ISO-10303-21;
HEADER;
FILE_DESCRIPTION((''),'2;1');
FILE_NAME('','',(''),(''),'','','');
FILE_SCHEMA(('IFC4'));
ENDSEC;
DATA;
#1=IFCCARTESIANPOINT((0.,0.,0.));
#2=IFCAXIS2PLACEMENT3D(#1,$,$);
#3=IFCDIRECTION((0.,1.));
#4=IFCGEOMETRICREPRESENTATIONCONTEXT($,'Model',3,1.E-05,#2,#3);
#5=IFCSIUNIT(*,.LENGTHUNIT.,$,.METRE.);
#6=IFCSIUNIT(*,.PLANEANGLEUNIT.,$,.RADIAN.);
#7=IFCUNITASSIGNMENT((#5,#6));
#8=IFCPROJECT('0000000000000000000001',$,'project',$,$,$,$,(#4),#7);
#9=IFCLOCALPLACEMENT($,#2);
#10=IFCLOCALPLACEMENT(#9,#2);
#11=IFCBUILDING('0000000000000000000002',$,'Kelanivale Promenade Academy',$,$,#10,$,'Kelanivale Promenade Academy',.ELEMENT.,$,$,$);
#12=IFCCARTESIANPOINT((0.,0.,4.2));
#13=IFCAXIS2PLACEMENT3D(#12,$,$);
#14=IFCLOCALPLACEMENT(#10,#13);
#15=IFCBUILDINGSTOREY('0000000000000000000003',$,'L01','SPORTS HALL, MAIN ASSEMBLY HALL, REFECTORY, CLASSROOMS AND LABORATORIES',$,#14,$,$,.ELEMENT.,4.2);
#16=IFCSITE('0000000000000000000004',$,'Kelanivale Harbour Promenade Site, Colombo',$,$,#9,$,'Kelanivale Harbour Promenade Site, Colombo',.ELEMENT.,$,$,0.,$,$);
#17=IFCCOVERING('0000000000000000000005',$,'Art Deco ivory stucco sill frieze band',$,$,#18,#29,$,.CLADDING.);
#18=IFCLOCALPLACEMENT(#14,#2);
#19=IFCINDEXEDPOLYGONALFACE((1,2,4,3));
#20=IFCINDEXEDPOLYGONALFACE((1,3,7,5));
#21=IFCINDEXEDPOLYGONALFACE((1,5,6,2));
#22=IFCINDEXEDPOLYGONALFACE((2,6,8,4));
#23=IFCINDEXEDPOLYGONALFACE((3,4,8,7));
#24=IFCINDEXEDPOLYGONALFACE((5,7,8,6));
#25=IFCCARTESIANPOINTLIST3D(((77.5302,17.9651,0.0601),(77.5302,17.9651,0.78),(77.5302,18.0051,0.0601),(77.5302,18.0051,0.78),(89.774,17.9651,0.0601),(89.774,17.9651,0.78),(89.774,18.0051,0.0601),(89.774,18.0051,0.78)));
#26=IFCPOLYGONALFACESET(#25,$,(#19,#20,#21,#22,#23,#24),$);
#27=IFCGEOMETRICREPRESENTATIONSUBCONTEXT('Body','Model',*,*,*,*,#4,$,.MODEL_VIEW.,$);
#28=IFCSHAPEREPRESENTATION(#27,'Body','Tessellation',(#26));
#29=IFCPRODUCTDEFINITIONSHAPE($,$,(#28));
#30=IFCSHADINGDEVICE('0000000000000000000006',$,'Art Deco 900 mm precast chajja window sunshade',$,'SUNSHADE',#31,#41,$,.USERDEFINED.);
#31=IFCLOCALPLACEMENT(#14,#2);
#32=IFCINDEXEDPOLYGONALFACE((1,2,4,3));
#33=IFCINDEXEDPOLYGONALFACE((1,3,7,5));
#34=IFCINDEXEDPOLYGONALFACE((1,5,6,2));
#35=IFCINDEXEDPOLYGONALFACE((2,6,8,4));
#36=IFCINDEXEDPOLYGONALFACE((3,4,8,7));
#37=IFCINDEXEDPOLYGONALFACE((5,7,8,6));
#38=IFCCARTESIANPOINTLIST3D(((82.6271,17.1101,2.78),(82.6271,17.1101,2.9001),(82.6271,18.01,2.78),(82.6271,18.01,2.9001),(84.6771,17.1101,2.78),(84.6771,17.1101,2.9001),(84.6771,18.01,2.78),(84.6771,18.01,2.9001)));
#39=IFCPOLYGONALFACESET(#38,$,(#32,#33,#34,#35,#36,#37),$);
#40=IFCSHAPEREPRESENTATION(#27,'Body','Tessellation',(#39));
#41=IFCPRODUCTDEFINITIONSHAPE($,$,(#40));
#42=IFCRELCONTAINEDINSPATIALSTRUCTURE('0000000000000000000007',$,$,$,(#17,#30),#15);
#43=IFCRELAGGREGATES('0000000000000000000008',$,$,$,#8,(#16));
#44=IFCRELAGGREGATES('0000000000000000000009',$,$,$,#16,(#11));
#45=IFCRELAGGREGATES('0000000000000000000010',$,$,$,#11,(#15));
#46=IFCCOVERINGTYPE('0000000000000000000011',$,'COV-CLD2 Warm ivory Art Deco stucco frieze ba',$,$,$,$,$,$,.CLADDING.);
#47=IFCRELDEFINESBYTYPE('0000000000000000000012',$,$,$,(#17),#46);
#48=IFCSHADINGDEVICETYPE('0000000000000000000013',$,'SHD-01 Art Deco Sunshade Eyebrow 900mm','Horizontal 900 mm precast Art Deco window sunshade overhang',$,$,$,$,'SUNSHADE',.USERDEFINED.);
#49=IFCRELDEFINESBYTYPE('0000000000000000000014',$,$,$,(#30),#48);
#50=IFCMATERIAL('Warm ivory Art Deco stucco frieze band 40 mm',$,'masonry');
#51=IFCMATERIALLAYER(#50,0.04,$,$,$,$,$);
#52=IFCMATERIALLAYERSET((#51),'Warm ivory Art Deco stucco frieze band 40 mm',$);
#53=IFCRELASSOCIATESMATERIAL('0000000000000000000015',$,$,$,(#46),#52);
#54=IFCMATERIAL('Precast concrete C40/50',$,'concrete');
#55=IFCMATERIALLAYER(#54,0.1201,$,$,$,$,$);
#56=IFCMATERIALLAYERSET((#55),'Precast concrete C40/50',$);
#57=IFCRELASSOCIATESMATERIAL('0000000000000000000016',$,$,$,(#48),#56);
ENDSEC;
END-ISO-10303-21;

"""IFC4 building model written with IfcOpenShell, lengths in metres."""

from ifc_helpers import new_model, si_unit, direction, frame, origin, origin_2d, place, context, subcontext, project, spatial, rectangle, extrude, material, layer, layer_set, type_object, element, save


model = new_model("IFC4")

# Units and contexts
model_context = context("Model", 3, precision=1e-05, world=origin(), true_north=direction((0.0, 1.0)))
body_context = subcontext(model_context, "Body", "Model", "MODEL_VIEW")
ifc_project = project(units=[si_unit("LENGTHUNIT", "METRE"), si_unit("PLANEANGLEUNIT", "RADIAN")], contexts=[model_context])

# Site, building, storey
site_placement = place(None, origin())
site = spatial("IfcSite", under=ifc_project, at=site_placement, Name="Kelanivale Harbour Promenade Site, Colombo", LongName="Kelanivale Harbour Promenade Site, Colombo", CompositionType="ELEMENT", RefElevation=0.0)
building_placement = place(site_placement, origin())
building = spatial("IfcBuilding", under=site, at=building_placement, Name="Kelanivale Promenade Academy", LongName="Kelanivale Promenade Academy", CompositionType="ELEMENT")
storey_placement = place(building_placement, frame((0.0, 0.0, 4.2)))
storey = spatial("IfcBuildingStorey", under=building, at=storey_placement, Name="L01", Description="SPORTS HALL, MAIN ASSEMBLY HALL, REFECTORY, CLASSROOMS AND LABORATORIES", CompositionType="ELEMENT", Elevation=4.2)

# Shared definitions
ifc_material_1 = material(Name="Precast concrete C40/50", Category="concrete")

# Covering
ifc_material_2 = material(Name="Warm ivory Art Deco stucco frieze band 40 mm", Category="masonry")
ifc_layer_1 = layer(ifc_material_2, 0.04)
ifc_layer_set_1 = layer_set([ifc_layer_1], Name="Warm ivory Art Deco stucco frieze band 40 mm")
covering_type = type_object("IfcCoveringType", Name="COV-CLD2 Warm ivory Art Deco stucco frieze ba", PredefinedType="CLADDING", material=ifc_layer_set_1)
covering_1_placement = place(storey_placement, frame((83.6521, 17.9851, 0.0601), z_axis=(0.0, 0.0, 1.0), x_axis=(1.0, 0.0, 0.0)))
element("IfcCovering", 1, at=covering_1_placement, inside=storey, type_object=covering_type, Name="Art Deco ivory stucco sill frieze band", PredefinedType="CLADDING", context=body_context, shape_type="SweptSolid", body=[
    extrude(rectangle(XDim=12.2439, YDim=0.04, at=origin_2d()), origin(), (0.0, 0.0, 1.0), 0.72),
])

# Shading device
ifc_layer_2 = layer(ifc_material_1, 0.1201)
ifc_layer_set_2 = layer_set([ifc_layer_2], Name="Precast concrete C40/50")
shading_device_type = type_object("IfcShadingDeviceType", Name="SHD-01 Art Deco Sunshade Eyebrow 900mm", Description="Horizontal 900 mm precast Art Deco window sunshade overhang", ElementType="SUNSHADE", PredefinedType="USERDEFINED", material=ifc_layer_set_2)
shading_device_placement = place(storey_placement, frame((83.6521, 17.5601, 2.78), z_axis=(0.0, 0.0, 1.0), x_axis=(1.0, 0.0, 0.0)))
element("IfcShadingDevice", 2, at=shading_device_placement, inside=storey, type_object=shading_device_type, Name="Art Deco 900 mm precast chajja window sunshade", ObjectType="SUNSHADE", PredefinedType="USERDEFINED", context=body_context, shape_type="SweptSolid", body=[
    extrude(rectangle(XDim=2.05, YDim=0.8999, at=origin_2d()), origin(), (0.0, 0.0, 1.0), 0.1201),
])

save(model, "model.ifc")
